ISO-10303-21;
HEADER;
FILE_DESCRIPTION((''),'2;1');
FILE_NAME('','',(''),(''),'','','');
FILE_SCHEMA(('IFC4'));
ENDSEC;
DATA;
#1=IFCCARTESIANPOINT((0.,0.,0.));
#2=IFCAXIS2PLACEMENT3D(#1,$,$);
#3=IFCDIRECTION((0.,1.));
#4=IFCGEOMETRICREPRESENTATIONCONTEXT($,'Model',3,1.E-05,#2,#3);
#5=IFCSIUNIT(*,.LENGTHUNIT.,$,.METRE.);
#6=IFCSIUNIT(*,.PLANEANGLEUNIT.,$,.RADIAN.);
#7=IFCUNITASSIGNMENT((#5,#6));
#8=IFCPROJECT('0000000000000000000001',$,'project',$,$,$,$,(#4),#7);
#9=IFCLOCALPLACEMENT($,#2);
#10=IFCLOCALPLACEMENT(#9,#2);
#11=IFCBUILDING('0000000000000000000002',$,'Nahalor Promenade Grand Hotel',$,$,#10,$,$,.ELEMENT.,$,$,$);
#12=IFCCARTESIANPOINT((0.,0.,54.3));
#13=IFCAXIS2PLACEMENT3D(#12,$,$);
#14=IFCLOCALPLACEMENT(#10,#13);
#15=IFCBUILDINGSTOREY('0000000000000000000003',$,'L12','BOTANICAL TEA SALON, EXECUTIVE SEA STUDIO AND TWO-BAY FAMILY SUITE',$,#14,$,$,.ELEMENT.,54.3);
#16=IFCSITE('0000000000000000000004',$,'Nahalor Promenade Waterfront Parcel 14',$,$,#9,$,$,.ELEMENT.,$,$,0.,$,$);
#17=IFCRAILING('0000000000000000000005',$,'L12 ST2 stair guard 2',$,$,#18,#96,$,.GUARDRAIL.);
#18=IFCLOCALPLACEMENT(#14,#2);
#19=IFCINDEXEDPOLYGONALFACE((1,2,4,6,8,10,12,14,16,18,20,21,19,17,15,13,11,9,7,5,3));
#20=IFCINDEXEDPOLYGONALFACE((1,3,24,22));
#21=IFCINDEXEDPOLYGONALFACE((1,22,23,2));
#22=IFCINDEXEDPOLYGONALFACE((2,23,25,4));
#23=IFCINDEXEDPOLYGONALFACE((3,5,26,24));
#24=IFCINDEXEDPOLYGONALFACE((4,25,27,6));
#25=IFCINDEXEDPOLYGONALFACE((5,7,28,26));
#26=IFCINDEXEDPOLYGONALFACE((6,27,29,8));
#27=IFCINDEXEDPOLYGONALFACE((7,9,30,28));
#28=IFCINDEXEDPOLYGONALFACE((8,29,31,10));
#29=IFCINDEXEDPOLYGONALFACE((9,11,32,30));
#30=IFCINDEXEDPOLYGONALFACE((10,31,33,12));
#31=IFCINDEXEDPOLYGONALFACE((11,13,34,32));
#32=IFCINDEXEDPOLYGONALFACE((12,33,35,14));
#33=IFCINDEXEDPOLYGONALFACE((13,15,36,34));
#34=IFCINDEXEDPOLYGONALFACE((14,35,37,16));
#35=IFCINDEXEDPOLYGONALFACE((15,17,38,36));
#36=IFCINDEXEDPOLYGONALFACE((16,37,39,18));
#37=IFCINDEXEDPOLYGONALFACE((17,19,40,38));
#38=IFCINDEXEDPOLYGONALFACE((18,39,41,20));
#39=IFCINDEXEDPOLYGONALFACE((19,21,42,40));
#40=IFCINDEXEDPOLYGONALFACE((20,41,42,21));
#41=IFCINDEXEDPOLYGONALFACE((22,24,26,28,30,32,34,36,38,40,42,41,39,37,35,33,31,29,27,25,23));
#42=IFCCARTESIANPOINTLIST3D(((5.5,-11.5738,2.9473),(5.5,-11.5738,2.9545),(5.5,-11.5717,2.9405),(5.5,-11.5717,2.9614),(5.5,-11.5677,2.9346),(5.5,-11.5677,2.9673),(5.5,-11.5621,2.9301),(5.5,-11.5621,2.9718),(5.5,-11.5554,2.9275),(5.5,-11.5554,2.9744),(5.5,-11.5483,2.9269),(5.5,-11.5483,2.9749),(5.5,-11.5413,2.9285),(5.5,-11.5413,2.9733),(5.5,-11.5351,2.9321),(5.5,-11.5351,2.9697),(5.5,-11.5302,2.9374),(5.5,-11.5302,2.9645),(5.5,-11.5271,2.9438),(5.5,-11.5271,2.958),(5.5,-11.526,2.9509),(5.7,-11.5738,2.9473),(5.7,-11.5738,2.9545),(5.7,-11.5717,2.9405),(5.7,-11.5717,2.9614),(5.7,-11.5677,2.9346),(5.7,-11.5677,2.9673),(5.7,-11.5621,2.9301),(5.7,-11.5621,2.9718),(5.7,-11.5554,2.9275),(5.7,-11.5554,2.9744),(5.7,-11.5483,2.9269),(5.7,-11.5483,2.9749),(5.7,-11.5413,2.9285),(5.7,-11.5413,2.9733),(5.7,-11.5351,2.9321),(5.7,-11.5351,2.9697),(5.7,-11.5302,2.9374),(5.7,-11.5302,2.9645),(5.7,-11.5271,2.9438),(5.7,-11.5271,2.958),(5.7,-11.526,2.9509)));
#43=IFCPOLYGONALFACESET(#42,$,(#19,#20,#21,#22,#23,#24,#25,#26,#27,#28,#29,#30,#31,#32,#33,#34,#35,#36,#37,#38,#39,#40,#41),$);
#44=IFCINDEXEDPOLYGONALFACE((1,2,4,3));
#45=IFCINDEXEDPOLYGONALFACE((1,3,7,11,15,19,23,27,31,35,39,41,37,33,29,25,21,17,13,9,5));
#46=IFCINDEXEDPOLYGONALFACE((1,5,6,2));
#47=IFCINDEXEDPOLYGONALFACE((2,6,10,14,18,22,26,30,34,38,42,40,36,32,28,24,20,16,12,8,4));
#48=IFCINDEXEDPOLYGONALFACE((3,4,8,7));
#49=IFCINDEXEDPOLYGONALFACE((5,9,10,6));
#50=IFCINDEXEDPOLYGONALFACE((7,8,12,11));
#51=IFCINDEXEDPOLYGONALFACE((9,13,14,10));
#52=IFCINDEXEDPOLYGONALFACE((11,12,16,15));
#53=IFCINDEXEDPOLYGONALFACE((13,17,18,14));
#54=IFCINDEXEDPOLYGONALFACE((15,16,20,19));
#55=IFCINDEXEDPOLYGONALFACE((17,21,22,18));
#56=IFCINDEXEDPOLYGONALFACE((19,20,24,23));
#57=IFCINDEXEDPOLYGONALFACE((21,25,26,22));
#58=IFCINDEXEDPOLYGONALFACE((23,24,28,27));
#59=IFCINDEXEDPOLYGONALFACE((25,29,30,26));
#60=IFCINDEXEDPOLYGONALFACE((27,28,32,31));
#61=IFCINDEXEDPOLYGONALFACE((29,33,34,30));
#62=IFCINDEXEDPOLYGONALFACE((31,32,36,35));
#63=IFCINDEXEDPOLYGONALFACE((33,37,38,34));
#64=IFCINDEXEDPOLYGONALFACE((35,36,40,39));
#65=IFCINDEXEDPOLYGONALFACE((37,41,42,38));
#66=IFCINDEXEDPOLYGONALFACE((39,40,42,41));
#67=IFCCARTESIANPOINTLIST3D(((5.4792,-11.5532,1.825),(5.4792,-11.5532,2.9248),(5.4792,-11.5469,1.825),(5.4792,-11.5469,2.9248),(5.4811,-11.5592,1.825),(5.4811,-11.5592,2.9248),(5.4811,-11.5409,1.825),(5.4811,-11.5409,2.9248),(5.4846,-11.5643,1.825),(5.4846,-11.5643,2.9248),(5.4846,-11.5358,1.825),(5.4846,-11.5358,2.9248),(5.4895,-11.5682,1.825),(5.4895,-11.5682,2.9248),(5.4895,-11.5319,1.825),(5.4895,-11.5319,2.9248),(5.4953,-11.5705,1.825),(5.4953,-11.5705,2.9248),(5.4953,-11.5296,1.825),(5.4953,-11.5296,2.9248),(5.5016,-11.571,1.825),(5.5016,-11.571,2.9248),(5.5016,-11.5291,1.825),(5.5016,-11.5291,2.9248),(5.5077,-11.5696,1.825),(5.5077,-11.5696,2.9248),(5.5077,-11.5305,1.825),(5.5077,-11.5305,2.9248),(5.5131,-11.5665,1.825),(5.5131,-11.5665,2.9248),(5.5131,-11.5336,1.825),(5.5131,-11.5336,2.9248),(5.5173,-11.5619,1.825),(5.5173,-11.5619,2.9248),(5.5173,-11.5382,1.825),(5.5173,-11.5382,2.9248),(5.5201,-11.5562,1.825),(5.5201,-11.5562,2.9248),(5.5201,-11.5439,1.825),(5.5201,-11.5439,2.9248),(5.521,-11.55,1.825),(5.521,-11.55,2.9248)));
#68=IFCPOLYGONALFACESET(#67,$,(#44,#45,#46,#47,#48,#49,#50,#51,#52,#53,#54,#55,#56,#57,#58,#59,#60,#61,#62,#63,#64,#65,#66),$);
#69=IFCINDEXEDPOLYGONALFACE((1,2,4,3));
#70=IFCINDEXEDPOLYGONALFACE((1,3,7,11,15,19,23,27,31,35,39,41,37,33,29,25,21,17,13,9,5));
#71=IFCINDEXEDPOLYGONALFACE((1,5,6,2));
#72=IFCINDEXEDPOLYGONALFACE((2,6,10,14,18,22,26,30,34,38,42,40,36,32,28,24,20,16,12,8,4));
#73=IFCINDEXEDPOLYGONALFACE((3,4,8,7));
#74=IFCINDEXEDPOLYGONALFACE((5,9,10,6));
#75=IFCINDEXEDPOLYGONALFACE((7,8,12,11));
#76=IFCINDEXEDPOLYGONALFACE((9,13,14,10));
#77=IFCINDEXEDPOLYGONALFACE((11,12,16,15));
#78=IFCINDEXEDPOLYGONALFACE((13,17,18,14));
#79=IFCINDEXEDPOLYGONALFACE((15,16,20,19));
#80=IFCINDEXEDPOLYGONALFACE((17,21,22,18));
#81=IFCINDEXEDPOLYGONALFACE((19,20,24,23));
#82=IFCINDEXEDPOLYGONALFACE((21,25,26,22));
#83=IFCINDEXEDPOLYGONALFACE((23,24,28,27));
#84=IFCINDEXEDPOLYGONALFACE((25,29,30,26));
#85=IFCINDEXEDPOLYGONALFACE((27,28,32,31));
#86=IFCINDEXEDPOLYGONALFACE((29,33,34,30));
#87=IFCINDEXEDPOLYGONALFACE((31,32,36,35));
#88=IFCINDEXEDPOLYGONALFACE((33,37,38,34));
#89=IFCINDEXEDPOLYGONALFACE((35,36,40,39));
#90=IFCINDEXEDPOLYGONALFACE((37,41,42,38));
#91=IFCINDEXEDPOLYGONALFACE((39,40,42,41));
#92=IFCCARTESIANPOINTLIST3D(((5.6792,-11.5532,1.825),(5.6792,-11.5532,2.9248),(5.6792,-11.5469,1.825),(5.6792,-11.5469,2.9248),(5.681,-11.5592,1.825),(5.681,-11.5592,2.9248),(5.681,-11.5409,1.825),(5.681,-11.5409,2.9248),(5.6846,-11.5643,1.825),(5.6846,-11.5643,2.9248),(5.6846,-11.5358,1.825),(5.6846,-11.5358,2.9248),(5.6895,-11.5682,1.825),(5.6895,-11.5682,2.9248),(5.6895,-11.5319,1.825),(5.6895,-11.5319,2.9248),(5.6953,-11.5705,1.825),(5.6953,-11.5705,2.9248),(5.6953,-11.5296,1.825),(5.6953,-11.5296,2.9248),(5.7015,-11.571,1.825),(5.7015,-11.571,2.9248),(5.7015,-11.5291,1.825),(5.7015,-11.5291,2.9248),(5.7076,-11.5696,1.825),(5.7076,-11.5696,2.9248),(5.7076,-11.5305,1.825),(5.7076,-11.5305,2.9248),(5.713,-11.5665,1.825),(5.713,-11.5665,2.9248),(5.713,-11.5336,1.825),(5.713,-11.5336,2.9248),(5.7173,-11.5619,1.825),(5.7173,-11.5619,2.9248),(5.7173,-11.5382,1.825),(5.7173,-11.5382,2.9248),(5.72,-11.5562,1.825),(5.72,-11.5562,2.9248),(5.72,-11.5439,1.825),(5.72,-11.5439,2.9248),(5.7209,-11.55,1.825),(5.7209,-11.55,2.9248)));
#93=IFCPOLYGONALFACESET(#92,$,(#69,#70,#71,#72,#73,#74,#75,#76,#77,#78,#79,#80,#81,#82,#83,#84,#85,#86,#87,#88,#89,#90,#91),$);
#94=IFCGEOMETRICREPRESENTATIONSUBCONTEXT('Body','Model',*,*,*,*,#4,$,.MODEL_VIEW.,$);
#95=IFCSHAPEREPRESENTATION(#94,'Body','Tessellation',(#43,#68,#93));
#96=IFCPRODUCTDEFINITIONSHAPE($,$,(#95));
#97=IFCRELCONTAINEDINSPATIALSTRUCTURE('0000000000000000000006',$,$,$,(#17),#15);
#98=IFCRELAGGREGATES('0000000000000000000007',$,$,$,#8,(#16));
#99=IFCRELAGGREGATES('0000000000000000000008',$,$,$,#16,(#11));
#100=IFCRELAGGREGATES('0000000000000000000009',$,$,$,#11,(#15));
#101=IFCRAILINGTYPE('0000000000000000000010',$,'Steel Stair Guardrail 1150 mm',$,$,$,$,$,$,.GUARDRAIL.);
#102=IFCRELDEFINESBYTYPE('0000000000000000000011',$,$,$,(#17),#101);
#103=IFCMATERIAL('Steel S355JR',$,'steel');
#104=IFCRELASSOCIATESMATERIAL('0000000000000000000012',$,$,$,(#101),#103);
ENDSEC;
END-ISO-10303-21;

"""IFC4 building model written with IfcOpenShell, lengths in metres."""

from ifc_helpers import new_model, si_unit, direction, frame, origin, origin_2d, place, context, subcontext, project, spatial, circle, extrude, material, type_object, element, save


model = new_model("IFC4")

# Units and contexts
model_context = context("Model", 3, precision=1e-05, world=origin(), true_north=direction((0.0, 1.0)))
body_context = subcontext(model_context, "Body", "Model", "MODEL_VIEW")
ifc_project = project(units=[si_unit("LENGTHUNIT", "METRE"), si_unit("PLANEANGLEUNIT", "RADIAN")], contexts=[model_context])

# Site, building, storey
site_placement = place(None, origin())
site = spatial("IfcSite", under=ifc_project, at=site_placement, Name="Nahalor Promenade Waterfront Parcel 14", CompositionType="ELEMENT", RefElevation=0.0)
building_placement = place(site_placement, origin())
building = spatial("IfcBuilding", under=site, at=building_placement, Name="Nahalor Promenade Grand Hotel", CompositionType="ELEMENT")
storey_placement = place(building_placement, frame((0.0, 0.0, 54.3)))
storey = spatial("IfcBuildingStorey", under=building, at=storey_placement, Name="L12", Description="BOTANICAL TEA SALON, EXECUTIVE SEA STUDIO AND TWO-BAY FAMILY SUITE", CompositionType="ELEMENT", Elevation=54.3)

# Shared definitions
ifc_material_1 = material(Name="Steel S355JR", Category="steel")

# Railing
railing_type_1 = type_object("IfcRailingType", Name="Steel Stair Guardrail 1150 mm", PredefinedType="GUARDRAIL", material=ifc_material_1)
railing_1_placement = place(storey_placement, frame((5.5, -11.55, 1.825)))
element("IfcRailing", 1, at=railing_1_placement, inside=storey, type_object=railing_type_1, Name="L12 ST2 stair guard 2", PredefinedType="GUARDRAIL", context=body_context, shape_type="SweptSolid", body=[
    extrude(circle(Radius=0.024, at=origin_2d()), frame((0.0, 0.0, 1.126), z_axis=(1.0, 0.0, 0.0), x_axis=(0.0, 1.0, 0.0)), (0.0, 0.0, 1.0), 0.2),
    extrude(circle(Radius=0.021, at=origin_2d()), origin(), (0.0, 0.0, 1.0), 1.0999),
    extrude(circle(Radius=0.021, at=origin_2d()), frame((0.2, 0.0, 0.0)), (0.0, 0.0, 1.0), 1.0999),
])

save(model, "model.ifc")
